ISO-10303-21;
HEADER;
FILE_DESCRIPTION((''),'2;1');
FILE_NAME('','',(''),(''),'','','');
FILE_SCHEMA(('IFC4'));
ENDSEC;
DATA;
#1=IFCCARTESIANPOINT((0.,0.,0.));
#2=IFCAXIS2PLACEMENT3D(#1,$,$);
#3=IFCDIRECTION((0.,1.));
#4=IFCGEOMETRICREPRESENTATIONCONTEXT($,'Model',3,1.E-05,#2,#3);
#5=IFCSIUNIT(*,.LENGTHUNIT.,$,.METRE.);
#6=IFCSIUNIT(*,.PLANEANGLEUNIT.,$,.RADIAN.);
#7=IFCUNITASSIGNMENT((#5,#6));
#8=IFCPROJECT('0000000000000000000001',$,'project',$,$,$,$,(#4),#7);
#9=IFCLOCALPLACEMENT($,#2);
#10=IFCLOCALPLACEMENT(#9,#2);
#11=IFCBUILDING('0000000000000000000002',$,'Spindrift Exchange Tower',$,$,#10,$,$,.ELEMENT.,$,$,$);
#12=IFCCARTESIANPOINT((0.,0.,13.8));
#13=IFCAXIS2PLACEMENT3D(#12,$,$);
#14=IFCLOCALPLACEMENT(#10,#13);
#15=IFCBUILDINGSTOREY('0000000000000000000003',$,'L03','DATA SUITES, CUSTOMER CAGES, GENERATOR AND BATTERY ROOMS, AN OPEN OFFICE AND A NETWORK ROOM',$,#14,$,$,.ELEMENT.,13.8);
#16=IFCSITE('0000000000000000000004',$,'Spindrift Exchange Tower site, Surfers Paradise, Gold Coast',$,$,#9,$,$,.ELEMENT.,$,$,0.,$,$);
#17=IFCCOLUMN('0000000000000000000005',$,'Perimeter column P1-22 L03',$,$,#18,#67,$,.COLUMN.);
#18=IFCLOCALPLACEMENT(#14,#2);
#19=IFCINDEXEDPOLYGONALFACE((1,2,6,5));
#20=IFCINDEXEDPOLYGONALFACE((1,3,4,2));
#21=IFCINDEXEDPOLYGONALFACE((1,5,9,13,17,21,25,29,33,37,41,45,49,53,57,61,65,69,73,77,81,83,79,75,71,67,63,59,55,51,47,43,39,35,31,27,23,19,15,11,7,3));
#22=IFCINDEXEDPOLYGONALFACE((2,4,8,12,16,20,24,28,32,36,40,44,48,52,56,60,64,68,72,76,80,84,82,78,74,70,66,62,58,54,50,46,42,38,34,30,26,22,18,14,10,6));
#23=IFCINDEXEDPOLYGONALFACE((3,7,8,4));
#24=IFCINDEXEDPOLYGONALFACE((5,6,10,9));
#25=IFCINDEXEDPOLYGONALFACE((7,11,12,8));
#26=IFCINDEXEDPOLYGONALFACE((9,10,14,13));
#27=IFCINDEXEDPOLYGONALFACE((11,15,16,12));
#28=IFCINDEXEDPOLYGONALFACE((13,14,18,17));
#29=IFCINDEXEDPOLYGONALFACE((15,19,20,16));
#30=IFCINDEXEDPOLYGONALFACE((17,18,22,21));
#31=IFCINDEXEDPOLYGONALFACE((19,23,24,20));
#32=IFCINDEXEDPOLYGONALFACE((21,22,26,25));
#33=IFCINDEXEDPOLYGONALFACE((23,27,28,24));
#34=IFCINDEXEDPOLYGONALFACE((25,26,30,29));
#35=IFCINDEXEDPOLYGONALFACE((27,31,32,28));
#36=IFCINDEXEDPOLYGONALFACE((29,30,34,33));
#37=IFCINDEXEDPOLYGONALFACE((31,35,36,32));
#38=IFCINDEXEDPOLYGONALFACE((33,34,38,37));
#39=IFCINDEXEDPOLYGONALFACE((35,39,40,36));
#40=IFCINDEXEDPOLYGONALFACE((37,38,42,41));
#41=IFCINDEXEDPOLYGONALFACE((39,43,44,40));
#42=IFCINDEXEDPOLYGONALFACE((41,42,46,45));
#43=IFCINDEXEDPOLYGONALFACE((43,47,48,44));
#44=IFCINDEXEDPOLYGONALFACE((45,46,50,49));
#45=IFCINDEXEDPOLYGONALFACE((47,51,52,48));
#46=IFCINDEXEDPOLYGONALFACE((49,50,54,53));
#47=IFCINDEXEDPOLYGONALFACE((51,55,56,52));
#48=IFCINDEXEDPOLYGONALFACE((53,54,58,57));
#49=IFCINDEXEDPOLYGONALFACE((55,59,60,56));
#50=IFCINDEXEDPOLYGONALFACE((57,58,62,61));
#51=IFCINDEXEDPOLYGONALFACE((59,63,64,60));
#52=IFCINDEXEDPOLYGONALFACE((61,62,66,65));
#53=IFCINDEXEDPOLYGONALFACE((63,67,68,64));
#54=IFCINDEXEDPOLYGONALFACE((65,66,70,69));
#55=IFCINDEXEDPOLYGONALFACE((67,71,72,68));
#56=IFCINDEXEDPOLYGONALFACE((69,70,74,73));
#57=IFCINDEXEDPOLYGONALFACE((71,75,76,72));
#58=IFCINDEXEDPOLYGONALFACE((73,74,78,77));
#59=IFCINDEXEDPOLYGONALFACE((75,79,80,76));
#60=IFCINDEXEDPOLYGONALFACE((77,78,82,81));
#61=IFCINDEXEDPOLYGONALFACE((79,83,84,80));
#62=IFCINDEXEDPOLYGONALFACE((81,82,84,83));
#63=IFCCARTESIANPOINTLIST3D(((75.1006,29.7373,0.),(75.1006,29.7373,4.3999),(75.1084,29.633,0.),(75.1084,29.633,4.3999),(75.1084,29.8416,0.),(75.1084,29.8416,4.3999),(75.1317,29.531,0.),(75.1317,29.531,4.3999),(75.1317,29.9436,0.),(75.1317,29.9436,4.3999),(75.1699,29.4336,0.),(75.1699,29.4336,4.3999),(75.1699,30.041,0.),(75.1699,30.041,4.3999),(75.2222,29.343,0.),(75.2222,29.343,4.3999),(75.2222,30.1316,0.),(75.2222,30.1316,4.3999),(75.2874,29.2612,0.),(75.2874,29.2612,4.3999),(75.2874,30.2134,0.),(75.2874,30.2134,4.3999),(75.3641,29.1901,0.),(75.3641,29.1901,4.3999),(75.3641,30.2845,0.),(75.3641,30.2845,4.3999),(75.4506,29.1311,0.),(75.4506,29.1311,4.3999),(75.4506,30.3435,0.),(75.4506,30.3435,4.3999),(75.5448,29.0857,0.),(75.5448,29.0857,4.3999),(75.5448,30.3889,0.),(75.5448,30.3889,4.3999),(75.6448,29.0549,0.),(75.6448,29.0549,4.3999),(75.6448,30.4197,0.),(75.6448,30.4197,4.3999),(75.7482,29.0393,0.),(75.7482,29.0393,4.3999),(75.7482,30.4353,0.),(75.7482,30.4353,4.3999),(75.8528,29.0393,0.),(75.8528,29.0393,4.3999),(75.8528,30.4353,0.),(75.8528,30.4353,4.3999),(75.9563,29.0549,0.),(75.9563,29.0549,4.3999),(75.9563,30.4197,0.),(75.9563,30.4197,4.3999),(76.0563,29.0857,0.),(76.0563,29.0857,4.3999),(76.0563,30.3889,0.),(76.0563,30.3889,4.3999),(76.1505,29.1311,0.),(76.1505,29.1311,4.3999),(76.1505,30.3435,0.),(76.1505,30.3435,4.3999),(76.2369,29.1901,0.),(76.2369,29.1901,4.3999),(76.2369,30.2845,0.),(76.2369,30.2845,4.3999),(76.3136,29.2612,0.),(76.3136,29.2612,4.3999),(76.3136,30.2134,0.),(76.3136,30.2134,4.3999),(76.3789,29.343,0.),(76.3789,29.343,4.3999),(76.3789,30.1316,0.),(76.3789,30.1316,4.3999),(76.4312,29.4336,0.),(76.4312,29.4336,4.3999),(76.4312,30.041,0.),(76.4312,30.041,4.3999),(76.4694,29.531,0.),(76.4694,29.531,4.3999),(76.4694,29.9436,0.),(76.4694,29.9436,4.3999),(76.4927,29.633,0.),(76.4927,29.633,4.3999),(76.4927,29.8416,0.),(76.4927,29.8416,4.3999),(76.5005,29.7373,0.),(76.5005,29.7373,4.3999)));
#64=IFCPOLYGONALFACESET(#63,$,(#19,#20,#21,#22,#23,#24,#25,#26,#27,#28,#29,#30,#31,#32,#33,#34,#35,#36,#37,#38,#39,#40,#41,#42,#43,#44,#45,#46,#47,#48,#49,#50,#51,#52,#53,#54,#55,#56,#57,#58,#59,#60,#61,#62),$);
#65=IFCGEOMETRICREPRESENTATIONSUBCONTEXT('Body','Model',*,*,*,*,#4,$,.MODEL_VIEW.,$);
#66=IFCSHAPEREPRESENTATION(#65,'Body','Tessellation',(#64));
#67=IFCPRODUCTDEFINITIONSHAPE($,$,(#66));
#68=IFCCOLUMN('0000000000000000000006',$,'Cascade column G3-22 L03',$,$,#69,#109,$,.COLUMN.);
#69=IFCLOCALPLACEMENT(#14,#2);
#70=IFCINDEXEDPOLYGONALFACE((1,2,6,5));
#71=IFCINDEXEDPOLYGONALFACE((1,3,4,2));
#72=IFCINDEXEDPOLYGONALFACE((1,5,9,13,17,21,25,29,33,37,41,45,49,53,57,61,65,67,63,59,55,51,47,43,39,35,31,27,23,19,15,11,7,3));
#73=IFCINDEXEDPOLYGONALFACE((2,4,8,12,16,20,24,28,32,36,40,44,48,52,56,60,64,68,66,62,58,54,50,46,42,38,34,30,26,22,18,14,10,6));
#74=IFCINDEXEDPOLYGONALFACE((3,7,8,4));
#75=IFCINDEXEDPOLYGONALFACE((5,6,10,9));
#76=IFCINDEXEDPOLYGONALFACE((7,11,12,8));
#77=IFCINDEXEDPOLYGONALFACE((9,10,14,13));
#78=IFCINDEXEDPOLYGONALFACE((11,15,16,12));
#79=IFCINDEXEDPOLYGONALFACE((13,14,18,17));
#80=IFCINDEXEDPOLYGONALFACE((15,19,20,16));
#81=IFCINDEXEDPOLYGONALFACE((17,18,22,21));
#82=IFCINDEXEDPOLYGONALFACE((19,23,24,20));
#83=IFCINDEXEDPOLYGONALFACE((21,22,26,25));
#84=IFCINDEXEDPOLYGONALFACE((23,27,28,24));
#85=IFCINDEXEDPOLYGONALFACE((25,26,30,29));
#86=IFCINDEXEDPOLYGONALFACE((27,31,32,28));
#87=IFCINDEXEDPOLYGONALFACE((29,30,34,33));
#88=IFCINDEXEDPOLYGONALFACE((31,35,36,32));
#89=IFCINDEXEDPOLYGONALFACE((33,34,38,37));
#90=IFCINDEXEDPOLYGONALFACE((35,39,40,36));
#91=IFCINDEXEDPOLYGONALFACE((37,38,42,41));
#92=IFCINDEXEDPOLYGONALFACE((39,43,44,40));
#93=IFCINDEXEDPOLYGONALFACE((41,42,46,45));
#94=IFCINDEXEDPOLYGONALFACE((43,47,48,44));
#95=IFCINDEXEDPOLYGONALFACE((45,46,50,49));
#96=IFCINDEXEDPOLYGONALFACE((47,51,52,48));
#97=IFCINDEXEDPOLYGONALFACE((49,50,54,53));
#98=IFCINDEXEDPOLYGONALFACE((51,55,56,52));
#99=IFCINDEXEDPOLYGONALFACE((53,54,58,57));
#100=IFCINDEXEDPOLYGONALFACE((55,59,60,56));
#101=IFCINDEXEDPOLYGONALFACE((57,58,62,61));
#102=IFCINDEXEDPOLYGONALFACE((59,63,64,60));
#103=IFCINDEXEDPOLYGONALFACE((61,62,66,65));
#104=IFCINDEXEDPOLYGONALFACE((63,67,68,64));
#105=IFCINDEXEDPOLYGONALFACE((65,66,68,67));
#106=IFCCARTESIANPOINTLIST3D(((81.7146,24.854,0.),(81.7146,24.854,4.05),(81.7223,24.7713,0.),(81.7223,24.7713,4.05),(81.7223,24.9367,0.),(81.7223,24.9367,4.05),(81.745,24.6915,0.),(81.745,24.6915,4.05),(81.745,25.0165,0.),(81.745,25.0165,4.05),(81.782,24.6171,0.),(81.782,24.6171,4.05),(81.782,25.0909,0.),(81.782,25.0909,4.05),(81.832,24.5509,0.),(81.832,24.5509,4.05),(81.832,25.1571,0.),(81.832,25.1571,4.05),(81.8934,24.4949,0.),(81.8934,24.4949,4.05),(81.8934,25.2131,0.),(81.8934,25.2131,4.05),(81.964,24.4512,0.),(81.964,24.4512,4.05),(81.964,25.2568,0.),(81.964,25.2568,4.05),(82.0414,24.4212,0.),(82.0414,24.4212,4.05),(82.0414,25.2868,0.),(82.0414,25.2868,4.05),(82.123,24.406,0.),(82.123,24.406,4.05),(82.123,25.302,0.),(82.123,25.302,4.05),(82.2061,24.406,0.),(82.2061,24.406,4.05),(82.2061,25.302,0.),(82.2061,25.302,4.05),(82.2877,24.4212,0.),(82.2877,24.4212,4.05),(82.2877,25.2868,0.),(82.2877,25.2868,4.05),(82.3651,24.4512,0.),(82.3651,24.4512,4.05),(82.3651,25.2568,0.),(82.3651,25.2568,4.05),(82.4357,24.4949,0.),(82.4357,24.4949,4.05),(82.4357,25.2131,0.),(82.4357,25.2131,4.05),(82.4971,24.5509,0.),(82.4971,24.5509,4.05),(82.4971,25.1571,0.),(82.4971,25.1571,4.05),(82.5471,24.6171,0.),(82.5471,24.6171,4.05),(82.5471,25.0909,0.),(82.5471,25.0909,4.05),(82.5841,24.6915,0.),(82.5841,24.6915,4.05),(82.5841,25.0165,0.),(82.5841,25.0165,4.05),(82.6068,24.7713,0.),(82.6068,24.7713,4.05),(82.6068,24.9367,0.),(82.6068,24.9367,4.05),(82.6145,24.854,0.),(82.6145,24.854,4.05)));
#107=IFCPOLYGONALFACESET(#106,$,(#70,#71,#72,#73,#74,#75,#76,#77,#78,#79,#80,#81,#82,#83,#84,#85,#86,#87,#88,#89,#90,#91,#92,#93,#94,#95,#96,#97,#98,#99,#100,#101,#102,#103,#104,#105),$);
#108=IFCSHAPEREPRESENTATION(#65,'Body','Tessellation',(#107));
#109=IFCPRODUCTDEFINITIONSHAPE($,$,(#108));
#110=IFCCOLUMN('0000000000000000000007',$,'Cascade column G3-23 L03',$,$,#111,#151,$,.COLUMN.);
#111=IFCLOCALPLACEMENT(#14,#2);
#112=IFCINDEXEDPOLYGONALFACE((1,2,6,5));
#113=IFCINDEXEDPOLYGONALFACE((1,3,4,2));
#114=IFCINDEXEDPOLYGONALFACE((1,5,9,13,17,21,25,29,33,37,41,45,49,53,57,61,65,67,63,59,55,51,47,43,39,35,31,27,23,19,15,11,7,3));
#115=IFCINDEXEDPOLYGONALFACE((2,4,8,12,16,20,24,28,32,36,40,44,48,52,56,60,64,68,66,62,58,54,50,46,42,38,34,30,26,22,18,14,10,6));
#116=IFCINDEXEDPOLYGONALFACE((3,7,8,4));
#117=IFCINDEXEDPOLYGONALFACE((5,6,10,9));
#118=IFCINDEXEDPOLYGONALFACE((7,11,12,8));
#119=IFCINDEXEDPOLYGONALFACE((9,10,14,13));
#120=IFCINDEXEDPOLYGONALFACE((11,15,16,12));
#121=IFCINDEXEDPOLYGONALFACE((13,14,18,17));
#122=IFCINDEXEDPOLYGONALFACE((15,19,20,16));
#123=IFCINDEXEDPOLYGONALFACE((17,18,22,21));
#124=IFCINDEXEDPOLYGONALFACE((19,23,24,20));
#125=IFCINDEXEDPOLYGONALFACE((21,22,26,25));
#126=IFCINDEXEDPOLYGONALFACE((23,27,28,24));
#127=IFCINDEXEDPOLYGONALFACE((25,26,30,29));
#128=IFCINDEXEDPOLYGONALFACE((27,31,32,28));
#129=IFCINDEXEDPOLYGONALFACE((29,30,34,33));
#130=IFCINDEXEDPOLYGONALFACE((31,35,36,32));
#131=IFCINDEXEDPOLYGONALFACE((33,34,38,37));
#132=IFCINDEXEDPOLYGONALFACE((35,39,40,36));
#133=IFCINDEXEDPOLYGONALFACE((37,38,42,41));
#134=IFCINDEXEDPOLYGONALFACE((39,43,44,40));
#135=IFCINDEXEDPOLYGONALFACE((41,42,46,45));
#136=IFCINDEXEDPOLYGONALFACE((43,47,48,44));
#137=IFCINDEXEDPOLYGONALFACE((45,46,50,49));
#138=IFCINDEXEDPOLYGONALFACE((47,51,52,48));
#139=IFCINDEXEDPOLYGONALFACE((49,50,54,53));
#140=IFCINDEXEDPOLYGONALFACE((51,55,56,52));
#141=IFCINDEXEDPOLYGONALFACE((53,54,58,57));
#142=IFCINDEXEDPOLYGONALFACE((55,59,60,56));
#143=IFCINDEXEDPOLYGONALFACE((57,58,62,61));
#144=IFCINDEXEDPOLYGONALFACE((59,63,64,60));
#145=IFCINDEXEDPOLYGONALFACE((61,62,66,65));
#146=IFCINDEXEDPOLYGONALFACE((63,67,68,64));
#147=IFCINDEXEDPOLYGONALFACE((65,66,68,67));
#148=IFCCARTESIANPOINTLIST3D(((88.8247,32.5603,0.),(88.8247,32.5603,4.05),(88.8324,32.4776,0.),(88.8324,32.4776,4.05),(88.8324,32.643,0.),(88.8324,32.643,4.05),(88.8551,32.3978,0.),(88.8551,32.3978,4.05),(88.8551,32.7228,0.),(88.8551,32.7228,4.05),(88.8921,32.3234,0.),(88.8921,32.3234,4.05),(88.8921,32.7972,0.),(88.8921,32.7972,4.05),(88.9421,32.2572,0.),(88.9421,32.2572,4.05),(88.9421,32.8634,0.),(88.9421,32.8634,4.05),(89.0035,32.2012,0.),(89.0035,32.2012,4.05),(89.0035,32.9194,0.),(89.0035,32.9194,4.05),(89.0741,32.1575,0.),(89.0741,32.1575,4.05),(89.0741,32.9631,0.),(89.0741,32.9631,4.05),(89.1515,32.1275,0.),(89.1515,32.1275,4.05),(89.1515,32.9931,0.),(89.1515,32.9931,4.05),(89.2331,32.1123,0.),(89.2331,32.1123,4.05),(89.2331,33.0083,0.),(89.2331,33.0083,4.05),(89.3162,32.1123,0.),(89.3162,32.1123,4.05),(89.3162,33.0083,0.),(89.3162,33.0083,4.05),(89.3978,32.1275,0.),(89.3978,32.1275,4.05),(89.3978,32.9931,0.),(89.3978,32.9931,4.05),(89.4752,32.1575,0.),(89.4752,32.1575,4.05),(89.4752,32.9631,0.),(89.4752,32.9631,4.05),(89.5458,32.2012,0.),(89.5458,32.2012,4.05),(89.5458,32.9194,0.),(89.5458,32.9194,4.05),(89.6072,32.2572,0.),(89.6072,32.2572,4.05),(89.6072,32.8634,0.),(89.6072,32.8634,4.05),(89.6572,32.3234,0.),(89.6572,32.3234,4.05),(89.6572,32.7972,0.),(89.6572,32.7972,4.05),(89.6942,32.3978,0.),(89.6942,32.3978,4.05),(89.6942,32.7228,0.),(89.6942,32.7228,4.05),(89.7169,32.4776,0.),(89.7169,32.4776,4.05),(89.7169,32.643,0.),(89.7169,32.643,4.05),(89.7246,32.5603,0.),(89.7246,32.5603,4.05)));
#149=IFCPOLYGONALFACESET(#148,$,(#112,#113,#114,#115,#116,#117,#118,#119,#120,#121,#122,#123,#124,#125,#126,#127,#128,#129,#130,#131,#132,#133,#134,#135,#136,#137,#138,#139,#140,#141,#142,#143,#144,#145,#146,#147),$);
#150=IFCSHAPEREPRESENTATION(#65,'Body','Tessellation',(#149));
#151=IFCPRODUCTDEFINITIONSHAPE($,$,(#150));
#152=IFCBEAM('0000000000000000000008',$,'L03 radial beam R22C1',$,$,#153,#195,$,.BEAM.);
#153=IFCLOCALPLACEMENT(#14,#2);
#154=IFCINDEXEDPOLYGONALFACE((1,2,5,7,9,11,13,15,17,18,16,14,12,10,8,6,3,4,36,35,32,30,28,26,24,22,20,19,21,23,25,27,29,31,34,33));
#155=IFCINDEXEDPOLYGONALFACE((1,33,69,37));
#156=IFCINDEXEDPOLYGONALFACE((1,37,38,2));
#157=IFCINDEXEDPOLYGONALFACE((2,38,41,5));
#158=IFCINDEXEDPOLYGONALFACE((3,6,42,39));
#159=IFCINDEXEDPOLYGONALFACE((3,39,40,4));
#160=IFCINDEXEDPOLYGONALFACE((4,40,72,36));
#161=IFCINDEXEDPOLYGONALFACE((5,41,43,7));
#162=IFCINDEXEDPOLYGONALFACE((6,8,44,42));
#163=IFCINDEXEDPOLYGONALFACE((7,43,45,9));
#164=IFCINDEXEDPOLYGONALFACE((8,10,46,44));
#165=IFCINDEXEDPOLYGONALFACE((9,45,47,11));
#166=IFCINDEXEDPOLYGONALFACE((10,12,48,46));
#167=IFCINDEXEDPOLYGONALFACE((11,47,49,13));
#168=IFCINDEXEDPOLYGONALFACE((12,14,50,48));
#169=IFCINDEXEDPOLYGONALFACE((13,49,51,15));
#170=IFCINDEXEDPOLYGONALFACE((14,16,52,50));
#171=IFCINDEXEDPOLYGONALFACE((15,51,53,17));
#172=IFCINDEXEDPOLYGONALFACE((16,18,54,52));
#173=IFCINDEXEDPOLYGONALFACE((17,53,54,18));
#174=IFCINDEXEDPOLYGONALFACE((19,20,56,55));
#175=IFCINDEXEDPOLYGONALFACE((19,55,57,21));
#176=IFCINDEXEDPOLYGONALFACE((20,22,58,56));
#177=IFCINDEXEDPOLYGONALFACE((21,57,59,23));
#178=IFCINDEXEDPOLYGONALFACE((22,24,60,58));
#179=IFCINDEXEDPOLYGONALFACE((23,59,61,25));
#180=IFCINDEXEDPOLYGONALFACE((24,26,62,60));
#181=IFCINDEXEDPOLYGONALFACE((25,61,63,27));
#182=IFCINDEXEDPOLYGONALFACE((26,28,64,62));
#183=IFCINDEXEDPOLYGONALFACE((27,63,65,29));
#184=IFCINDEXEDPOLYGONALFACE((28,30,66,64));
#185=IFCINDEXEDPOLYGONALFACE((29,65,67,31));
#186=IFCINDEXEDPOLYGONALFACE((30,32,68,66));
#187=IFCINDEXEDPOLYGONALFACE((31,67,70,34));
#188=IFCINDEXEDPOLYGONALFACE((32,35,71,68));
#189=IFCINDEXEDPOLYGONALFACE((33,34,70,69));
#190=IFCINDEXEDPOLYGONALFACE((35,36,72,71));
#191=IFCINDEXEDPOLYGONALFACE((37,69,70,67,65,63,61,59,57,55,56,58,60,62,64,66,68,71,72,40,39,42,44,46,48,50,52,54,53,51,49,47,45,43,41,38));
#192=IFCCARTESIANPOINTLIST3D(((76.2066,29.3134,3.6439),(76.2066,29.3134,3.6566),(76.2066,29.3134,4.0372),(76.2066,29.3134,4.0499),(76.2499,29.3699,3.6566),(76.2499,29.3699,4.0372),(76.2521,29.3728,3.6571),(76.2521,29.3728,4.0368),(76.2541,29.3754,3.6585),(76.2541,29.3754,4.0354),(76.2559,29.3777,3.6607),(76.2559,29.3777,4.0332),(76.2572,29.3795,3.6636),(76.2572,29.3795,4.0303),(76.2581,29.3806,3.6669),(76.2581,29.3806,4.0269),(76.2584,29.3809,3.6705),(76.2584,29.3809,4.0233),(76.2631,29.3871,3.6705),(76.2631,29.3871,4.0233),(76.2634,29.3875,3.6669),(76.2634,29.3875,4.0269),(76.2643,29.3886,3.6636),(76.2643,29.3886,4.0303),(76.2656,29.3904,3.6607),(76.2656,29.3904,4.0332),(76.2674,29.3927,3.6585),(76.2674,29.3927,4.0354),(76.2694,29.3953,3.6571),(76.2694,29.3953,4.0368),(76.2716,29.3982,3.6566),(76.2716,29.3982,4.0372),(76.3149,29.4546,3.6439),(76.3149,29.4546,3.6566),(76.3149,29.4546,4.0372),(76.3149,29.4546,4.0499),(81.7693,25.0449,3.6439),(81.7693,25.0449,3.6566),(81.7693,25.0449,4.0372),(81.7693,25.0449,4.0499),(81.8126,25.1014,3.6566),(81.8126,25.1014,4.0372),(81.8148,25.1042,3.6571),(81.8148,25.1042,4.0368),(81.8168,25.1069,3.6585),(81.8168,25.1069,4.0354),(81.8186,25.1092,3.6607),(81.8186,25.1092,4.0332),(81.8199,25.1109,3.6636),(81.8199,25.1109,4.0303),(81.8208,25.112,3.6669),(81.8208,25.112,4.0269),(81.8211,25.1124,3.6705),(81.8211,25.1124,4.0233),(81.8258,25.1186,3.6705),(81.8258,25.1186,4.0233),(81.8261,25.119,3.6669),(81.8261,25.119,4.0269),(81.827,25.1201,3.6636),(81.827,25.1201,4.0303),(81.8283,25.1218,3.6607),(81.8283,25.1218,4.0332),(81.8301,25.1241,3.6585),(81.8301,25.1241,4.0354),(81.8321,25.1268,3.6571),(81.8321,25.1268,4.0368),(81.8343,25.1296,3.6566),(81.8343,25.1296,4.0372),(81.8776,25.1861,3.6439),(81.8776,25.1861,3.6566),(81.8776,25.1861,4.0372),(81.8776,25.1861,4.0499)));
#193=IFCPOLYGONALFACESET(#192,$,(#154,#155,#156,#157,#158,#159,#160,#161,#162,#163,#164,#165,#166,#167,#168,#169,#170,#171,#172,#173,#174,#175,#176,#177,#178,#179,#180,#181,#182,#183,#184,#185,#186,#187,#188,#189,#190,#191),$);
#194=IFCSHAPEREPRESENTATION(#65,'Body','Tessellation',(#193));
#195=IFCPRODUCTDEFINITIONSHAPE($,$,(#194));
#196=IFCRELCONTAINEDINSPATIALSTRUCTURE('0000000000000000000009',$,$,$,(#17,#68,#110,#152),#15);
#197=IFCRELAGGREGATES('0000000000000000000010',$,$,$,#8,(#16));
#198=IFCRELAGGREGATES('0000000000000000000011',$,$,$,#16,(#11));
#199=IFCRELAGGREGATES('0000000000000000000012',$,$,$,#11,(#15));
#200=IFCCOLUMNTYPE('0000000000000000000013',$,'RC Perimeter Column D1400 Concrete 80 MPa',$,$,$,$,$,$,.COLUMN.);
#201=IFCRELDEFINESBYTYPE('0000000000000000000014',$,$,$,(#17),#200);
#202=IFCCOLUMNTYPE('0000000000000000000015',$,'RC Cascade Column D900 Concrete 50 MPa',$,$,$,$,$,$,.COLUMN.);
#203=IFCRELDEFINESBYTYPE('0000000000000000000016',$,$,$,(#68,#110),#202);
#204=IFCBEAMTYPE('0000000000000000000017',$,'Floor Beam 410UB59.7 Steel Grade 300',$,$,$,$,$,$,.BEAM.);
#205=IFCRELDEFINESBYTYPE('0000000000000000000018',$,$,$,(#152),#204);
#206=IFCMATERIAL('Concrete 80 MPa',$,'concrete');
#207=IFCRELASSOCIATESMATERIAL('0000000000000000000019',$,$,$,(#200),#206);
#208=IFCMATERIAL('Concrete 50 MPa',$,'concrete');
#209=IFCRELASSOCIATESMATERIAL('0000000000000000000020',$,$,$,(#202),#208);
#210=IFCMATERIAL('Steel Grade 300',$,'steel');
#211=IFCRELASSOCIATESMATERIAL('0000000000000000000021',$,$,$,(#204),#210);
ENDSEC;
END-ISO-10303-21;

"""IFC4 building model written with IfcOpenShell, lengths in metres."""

from ifc_helpers import new_model, si_unit, direction, frame, origin, origin_2d, place, context, subcontext, project, spatial, circle, i_section, extrude, source, transform, mapped, material, material_profile, profile_set, type_object, element, save


model = new_model("IFC4")

# Units and contexts
model_context = context("Model", 3, precision=1e-05, world=origin(), true_north=direction((0.0, 1.0)))
body_context = subcontext(model_context, "Body", "Model", "MODEL_VIEW")
ifc_project = project(units=[si_unit("LENGTHUNIT", "METRE"), si_unit("PLANEANGLEUNIT", "RADIAN")], contexts=[model_context])

# Site, building, storey
site_placement = place(None, origin())
site = spatial("IfcSite", under=ifc_project, at=site_placement, Name="Spindrift Exchange Tower site, Surfers Paradise, Gold Coast", CompositionType="ELEMENT", RefElevation=0.0)
building_placement = place(site_placement, origin())
building = spatial("IfcBuilding", under=site, at=building_placement, Name="Spindrift Exchange Tower", CompositionType="ELEMENT")
storey_placement = place(building_placement, frame((0.0, 0.0, 13.8)))
storey = spatial("IfcBuildingStorey", under=building, at=storey_placement, Name="L03", Description="DATA SUITES, CUSTOMER CAGES, GENERATOR AND BATTERY ROOMS, AN OPEN OFFICE AND A NETWORK ROOM", CompositionType="ELEMENT", Elevation=13.8)

# Columns
ifc_material_1 = material(Name="Concrete 80 MPa", Category="concrete")
ifc_material_profile_1 = material_profile(ifc_material_1, circle(Radius=0.7, at=origin_2d()), Name="RC D1400")
ifc_profile_set_1 = profile_set([ifc_material_profile_1], Name="Concrete 80 MPa")
column_type_1 = type_object("IfcColumnType", Name="RC Perimeter Column D1400 Concrete 80 MPa", PredefinedType="COLUMN", material=ifc_profile_set_1)
shared_shape_1 = source(origin(), body_context, "Body", "SweptSolid", [
    extrude(circle(Radius=0.7, at=origin_2d()), origin(), (0.0, 0.0, 1.0), 4.3999),
])
column_placement = place(storey_placement, frame((75.8005, 29.7373, 0.0), z_axis=(0.0, 0.0, 1.0), x_axis=(1.0, 0.0, 0.0)))
element("IfcColumn", 1, at=column_placement, inside=storey, type_object=column_type_1, Name="Perimeter column P1-22 L03", PredefinedType="COLUMN", context=body_context, shape_type="MappedRepresentation", body=[
    mapped(shared_shape_1, transform((0.0, 0.0, 0.0), scale=1.0)),
])
ifc_material_2 = material(Name="Concrete 50 MPa", Category="concrete")
ifc_material_profile_2 = material_profile(ifc_material_2, circle(Radius=0.45, at=origin_2d()), Name="RC D900")
ifc_profile_set_2 = profile_set([ifc_material_profile_2], Name="Concrete 50 MPa")
column_type_2 = type_object("IfcColumnType", Name="RC Cascade Column D900 Concrete 50 MPa", PredefinedType="COLUMN", material=ifc_profile_set_2)
shared_shape_2 = source(origin(), body_context, "Body", "SweptSolid", [
    extrude(circle(Radius=0.45, at=origin_2d()), origin(), (0.0, 0.0, 1.0), 4.05),
])
for number, where, z_axis, x_axis, name in (
    (2, (82.1646, 24.854, 0.0), (0.0, 0.0, 1.0), (1.0, 0.0, 0.0), "Cascade column G3-22 L03"),
    (3, (89.2747, 32.5603, 0.0), (0.0, 0.0, 1.0), (1.0, 0.0, 0.0), "Cascade column G3-23 L03"),
):
    element("IfcColumn", number, at=place(storey_placement, frame(where, z_axis=z_axis, x_axis=x_axis)), inside=storey, type_object=column_type_2, Name=name, PredefinedType="COLUMN", context=body_context, shape_type="MappedRepresentation", body=[
        mapped(shared_shape_2, transform((0.0, 0.0, 0.0), scale=1.0)),
    ])

# Beam
ifc_material_3 = material(Name="Steel Grade 300", Category="steel")
ifc_material_profile_3 = material_profile(ifc_material_3, i_section(OverallWidth=0.178, OverallDepth=0.406, WebThickness=0.0078, FlangeThickness=0.0127, FilletRadius=0.0139, at=origin_2d()), Name="410UB59.7")
ifc_profile_set_3 = profile_set([ifc_material_profile_3], Name="Steel Grade 300")
beam_type_1 = type_object("IfcBeamType", Name="Floor Beam 410UB59.7 Steel Grade 300", PredefinedType="BEAM", material=ifc_profile_set_3)
shared_shape_3 = source(origin(), body_context, "Body", "SweptSolid", [
    extrude(i_section(OverallWidth=0.178, OverallDepth=0.406, WebThickness=0.0078, FlangeThickness=0.0127, FilletRadius=0.0139, at=origin_2d()), origin(), (0.0, 0.0, 1.0), 7.0117),
])
beam_1_placement = place(storey_placement, frame((76.2607, 29.384, 3.8469), z_axis=(0.793346, -0.608771, 0.0), x_axis=(0.608771, 0.793346, 0.0)))
element("IfcBeam", 4, at=beam_1_placement, inside=storey, type_object=beam_type_1, Name="L03 radial beam R22C1", PredefinedType="BEAM", context=body_context, shape_type="MappedRepresentation", body=[
    mapped(shared_shape_3, transform((0.0, 0.0, 0.0), scale=1.0)),
])

save(model, "model.ifc")
